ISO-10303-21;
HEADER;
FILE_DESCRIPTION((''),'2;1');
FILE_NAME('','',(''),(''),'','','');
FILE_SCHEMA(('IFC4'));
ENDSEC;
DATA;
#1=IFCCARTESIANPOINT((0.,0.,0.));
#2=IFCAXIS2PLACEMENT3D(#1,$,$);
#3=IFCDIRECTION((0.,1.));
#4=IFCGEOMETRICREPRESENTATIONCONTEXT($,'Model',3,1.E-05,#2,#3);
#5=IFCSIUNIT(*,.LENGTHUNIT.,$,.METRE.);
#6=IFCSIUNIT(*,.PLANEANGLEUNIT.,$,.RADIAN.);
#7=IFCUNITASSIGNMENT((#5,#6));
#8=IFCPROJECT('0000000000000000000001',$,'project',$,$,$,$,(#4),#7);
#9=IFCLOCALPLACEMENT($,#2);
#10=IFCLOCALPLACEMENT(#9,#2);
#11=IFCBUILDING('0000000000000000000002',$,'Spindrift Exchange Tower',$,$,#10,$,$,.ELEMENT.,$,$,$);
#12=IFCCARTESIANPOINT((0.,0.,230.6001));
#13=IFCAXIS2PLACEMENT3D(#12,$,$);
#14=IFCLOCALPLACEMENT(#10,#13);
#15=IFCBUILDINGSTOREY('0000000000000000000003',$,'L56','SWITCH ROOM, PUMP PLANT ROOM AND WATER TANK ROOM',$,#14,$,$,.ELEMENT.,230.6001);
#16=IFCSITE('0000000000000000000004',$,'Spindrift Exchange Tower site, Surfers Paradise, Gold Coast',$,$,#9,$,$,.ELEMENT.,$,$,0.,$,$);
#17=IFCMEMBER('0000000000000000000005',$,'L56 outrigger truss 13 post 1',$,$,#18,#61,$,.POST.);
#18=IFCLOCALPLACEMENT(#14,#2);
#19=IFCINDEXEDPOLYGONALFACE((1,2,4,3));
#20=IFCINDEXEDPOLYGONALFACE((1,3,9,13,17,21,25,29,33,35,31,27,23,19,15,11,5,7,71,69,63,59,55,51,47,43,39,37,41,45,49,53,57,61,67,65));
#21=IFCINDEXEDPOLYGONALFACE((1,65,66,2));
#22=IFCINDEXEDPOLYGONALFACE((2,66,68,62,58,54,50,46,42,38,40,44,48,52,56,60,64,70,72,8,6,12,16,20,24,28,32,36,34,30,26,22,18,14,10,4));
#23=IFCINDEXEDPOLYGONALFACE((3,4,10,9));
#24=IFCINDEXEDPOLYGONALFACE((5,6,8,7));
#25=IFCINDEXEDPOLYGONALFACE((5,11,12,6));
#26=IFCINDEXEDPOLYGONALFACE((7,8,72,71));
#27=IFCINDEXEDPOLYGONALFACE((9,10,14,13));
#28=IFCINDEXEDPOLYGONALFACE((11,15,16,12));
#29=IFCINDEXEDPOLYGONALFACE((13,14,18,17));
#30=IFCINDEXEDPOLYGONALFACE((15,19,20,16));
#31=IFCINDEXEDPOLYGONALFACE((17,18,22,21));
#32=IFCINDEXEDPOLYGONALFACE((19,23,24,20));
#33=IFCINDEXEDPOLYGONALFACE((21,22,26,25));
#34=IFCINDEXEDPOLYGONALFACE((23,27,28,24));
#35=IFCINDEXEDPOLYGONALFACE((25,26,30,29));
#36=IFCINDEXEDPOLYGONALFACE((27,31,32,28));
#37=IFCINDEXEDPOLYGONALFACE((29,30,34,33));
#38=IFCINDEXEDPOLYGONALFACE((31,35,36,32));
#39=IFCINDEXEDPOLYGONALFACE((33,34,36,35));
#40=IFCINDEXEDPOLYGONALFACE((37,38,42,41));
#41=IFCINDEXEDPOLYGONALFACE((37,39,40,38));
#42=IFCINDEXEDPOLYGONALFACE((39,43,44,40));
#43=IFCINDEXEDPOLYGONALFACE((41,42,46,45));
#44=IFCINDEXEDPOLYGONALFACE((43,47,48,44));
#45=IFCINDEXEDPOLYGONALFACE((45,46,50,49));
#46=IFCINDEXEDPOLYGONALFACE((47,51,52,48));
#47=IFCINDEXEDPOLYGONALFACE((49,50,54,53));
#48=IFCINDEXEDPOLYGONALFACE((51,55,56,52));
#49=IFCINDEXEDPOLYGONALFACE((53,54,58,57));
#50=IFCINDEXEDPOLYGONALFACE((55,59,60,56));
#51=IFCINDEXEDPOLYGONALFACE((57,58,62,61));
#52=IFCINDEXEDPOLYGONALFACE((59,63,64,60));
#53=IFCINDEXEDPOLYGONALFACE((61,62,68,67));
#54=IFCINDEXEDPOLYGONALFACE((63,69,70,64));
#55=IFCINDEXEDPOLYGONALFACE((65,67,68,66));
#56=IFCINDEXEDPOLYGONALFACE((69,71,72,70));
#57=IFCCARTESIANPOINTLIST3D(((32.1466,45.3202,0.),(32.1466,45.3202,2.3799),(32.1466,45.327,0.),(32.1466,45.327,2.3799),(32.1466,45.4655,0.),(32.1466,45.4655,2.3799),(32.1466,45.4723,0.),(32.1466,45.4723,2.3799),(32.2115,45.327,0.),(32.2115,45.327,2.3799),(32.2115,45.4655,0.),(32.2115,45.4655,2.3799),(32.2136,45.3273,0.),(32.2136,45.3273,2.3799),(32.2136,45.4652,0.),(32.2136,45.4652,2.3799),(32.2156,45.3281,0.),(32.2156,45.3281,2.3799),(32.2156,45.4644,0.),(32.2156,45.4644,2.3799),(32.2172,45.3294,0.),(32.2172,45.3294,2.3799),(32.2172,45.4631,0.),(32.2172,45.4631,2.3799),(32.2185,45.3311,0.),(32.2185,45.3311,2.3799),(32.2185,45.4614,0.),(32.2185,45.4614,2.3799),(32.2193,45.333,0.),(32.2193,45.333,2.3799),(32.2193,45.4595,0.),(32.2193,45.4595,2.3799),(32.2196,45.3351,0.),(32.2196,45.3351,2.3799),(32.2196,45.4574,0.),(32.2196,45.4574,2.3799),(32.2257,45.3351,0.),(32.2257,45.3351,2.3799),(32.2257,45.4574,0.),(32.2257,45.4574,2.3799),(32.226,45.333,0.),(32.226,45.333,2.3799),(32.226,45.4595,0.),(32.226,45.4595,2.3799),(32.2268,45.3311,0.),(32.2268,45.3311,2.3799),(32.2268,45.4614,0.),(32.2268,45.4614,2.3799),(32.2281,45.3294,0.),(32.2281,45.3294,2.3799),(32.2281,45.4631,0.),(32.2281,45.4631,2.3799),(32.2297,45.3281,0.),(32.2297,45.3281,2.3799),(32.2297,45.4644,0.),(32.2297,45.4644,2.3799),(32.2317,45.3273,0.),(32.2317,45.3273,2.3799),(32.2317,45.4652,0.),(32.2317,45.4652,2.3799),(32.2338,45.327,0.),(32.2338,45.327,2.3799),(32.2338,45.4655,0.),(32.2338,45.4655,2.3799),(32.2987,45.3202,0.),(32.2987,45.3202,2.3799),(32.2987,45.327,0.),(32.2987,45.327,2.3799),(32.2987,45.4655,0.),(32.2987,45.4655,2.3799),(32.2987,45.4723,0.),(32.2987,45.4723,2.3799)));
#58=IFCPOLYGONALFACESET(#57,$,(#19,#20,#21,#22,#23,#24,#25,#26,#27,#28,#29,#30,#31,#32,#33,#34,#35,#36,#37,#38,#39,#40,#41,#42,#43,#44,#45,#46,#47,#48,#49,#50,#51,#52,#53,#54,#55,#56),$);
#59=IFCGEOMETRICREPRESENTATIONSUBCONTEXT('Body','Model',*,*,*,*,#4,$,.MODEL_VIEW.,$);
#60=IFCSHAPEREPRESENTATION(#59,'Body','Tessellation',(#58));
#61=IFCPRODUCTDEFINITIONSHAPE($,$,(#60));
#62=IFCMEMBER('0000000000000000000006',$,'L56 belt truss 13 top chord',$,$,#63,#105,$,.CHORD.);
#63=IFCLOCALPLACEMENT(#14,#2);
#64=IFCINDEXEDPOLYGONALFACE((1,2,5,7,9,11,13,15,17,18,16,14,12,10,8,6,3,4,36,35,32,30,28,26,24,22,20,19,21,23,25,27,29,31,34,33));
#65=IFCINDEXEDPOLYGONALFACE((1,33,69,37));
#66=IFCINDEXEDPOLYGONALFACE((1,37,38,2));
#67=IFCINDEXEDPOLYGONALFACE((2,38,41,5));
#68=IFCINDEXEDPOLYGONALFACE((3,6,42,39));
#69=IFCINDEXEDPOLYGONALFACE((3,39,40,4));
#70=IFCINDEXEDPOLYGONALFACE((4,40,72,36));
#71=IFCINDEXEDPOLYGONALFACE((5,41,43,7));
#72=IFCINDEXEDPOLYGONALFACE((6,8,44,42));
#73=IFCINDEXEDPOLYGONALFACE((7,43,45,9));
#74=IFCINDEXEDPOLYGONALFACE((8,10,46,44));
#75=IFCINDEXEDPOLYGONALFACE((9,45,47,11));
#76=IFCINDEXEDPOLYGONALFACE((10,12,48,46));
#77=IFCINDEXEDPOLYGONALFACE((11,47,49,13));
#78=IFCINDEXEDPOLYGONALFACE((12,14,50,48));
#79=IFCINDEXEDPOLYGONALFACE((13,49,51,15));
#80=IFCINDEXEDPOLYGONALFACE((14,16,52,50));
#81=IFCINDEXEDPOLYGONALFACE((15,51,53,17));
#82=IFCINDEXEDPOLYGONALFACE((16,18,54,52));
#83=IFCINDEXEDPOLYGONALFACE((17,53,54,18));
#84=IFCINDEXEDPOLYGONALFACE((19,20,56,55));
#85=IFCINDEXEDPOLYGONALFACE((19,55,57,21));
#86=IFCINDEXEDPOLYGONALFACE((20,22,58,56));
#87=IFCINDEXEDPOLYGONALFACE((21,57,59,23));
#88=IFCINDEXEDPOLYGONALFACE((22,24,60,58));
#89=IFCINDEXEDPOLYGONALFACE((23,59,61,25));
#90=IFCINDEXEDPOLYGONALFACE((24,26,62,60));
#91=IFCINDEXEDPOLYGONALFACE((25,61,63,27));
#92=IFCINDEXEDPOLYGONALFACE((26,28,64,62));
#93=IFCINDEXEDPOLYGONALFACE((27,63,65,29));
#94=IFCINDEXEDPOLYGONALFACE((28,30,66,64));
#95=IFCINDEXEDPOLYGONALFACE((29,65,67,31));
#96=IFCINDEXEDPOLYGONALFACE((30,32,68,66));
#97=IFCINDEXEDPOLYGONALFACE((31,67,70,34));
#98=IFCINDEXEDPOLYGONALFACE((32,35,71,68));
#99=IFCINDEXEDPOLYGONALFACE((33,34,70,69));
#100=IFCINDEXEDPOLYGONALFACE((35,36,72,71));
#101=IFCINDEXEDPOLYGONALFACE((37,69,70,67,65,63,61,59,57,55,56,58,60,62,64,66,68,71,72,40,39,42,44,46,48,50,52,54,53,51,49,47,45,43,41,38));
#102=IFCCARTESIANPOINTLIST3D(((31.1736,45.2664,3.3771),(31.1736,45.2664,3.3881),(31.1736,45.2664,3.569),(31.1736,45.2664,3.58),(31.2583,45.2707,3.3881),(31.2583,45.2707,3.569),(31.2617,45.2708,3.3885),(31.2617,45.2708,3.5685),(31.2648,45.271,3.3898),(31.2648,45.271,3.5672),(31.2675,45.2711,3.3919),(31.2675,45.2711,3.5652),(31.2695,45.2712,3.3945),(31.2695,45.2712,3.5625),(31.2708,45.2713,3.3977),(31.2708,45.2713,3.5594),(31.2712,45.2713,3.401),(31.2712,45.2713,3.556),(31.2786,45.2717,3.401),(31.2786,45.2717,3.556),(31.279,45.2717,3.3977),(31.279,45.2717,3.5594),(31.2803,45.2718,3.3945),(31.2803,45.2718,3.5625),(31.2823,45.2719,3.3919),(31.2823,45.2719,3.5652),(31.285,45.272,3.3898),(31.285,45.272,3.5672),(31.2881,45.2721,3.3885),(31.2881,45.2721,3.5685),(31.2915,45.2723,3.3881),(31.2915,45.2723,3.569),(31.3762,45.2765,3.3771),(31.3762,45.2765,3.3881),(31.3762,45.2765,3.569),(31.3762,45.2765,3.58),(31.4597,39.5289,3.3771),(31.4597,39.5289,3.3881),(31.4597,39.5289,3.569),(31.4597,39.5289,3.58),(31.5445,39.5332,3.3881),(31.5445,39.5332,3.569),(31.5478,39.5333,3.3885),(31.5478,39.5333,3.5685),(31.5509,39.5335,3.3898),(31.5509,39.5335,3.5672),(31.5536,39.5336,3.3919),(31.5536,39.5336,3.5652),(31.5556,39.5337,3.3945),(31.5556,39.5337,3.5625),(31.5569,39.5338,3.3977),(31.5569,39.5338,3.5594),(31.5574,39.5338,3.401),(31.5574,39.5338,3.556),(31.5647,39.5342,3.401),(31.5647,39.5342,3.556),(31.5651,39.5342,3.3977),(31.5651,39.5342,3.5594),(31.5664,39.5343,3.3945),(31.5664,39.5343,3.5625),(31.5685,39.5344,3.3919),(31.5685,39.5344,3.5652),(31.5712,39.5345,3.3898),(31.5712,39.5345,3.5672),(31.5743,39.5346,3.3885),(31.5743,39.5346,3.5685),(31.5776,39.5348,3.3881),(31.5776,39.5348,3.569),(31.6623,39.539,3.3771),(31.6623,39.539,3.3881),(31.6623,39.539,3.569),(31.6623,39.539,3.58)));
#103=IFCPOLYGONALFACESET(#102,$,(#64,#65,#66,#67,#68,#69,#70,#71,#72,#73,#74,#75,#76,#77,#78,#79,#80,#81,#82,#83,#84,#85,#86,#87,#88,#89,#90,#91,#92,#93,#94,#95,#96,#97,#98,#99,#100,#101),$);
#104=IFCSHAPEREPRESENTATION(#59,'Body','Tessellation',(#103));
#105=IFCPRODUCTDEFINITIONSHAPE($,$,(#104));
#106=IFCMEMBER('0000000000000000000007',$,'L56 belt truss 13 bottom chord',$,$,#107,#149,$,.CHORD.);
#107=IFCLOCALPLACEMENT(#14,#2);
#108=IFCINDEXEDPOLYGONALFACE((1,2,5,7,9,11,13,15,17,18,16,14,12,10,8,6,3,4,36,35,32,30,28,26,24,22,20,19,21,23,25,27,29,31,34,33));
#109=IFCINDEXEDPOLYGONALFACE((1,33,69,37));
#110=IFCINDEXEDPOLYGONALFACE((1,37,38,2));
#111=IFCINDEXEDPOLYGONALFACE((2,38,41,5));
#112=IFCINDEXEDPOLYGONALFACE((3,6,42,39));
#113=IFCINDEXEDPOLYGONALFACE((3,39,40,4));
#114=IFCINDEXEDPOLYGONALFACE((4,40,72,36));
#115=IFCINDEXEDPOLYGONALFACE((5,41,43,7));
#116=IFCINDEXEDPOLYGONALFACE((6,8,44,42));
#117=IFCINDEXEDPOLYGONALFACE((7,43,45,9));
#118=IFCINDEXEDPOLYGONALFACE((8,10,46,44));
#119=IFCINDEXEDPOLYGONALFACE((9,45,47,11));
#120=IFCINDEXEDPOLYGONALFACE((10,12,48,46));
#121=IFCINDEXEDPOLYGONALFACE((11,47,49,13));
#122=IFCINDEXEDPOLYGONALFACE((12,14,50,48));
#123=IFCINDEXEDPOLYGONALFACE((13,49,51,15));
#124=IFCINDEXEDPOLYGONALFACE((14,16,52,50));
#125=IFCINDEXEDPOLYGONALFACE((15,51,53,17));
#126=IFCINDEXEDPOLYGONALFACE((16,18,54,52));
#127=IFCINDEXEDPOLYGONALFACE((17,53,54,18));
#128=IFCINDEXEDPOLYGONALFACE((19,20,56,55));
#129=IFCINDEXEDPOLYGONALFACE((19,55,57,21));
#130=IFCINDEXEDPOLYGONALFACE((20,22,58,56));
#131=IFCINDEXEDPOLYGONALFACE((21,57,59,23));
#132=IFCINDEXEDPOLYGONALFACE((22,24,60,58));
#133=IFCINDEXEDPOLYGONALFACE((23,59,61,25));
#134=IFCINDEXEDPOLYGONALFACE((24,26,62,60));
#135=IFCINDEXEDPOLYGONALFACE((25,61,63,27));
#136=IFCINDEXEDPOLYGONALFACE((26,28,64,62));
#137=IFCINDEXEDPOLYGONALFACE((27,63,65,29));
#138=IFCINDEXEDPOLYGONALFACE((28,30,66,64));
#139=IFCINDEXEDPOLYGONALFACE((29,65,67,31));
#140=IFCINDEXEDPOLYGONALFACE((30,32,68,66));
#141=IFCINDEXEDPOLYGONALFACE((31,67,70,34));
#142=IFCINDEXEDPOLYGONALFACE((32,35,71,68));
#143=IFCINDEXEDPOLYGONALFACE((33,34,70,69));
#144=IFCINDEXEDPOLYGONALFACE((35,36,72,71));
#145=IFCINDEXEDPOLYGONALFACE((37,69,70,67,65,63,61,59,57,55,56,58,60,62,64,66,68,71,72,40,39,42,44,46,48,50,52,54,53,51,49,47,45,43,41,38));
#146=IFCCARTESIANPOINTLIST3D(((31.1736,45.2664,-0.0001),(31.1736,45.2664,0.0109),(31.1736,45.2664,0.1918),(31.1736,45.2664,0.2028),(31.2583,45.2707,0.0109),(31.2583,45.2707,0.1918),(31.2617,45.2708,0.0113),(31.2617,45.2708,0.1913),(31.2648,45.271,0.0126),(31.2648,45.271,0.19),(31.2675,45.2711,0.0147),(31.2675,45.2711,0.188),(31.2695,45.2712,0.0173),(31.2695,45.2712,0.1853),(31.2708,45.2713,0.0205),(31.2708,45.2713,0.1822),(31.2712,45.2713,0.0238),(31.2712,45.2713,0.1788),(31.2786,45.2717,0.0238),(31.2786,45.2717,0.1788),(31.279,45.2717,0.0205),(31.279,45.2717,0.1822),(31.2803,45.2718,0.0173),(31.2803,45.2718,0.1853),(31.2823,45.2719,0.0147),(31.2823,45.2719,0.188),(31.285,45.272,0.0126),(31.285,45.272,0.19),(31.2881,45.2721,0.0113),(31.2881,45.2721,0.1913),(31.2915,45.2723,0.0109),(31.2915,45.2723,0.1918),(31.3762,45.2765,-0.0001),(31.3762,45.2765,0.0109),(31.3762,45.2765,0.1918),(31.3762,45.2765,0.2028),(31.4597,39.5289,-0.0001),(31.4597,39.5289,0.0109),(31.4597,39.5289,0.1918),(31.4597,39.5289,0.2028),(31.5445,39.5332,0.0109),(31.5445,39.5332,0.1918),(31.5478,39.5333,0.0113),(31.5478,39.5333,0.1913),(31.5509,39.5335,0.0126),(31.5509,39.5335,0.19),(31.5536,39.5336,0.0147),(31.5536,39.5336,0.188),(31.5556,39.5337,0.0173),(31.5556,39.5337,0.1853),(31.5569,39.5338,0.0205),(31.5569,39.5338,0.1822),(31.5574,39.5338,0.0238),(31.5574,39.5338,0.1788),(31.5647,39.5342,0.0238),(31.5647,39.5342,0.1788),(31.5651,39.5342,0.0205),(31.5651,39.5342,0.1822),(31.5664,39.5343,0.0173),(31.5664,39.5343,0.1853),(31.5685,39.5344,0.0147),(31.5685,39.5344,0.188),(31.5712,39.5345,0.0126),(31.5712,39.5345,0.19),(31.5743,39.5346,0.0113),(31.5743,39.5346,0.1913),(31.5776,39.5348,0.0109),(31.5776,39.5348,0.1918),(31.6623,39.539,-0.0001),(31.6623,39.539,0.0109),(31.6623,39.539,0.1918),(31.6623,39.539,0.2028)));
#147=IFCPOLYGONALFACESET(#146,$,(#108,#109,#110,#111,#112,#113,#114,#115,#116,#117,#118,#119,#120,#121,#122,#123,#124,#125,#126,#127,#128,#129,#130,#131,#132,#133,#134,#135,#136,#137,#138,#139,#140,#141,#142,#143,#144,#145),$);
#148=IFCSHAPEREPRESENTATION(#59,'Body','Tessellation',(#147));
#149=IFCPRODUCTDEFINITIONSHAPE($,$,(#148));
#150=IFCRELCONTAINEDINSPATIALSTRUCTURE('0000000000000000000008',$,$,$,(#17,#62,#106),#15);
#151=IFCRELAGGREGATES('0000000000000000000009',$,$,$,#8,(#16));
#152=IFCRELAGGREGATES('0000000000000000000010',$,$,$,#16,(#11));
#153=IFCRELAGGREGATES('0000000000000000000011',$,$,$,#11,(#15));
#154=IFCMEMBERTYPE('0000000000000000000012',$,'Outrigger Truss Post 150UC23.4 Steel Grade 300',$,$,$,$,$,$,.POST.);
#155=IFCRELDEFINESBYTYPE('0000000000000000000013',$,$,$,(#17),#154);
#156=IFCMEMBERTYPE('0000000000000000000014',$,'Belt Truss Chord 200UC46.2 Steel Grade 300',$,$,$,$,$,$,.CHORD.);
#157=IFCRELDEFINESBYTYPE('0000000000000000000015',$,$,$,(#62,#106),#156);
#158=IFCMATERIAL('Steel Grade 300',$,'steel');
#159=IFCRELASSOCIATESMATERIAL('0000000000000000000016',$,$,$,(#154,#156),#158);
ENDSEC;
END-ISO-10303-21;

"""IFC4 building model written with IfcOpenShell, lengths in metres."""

from ifc_helpers import new_model, si_unit, direction, frame, origin, origin_2d, place, context, subcontext, project, spatial, i_section, extrude, source, transform, mapped, material, material_profile, profile_set, type_object, element, save


model = new_model("IFC4")

# Units and contexts
model_context = context("Model", 3, precision=1e-05, world=origin(), true_north=direction((0.0, 1.0)))
body_context = subcontext(model_context, "Body", "Model", "MODEL_VIEW")
ifc_project = project(units=[si_unit("LENGTHUNIT", "METRE"), si_unit("PLANEANGLEUNIT", "RADIAN")], contexts=[model_context])

# Site, building, storey
site_placement = place(None, origin())
site = spatial("IfcSite", under=ifc_project, at=site_placement, Name="Spindrift Exchange Tower site, Surfers Paradise, Gold Coast", CompositionType="ELEMENT", RefElevation=0.0)
building_placement = place(site_placement, origin())
building = spatial("IfcBuilding", under=site, at=building_placement, Name="Spindrift Exchange Tower", CompositionType="ELEMENT")
storey_placement = place(building_placement, frame((0.0, 0.0, 230.6001)))
storey = spatial("IfcBuildingStorey", under=building, at=storey_placement, Name="L56", Description="SWITCH ROOM, PUMP PLANT ROOM AND WATER TANK ROOM", CompositionType="ELEMENT", Elevation=230.6001)

# Shared definitions
ifc_material_1 = material(Name="Steel Grade 300", Category="steel")

# Members
ifc_material_profile_1 = material_profile(ifc_material_1, i_section(OverallWidth=0.1521, OverallDepth=0.1521, WebThickness=0.0061, FlangeThickness=0.0068, FilletRadius=0.0081, at=origin_2d()), Name="150UC23.4")
ifc_profile_set_1 = profile_set([ifc_material_profile_1], Name="Steel Grade 300")
member_type_1 = type_object("IfcMemberType", Name="Outrigger Truss Post 150UC23.4 Steel Grade 300", PredefinedType="POST", material=ifc_profile_set_1)
shared_shape_1 = source(origin(), body_context, "Body", "SweptSolid", [
    extrude(i_section(OverallWidth=0.1521, OverallDepth=0.1521, WebThickness=0.0061, FlangeThickness=0.0068, FilletRadius=0.0081, at=origin_2d()), origin(), (0.0, 0.0, 1.0), 2.3799),
])
member_1_placement = place(storey_placement, frame((32.2227, 45.3962, 0.0), z_axis=(0.0, 0.0, 1.0), x_axis=(1.0, 0.0, 0.0)))
element("IfcMember", 1, at=member_1_placement, inside=storey, type_object=member_type_1, Name="L56 outrigger truss 13 post 1", PredefinedType="POST", context=body_context, shape_type="MappedRepresentation", body=[
    mapped(shared_shape_1, transform((0.0, 0.0, 0.0), scale=1.0)),
])
ifc_material_profile_2 = material_profile(ifc_material_1, i_section(OverallWidth=0.2029, OverallDepth=0.2029, WebThickness=0.0073, FlangeThickness=0.011, FilletRadius=0.0129, at=origin_2d()), Name="200UC46.2")
ifc_profile_set_2 = profile_set([ifc_material_profile_2], Name="Steel Grade 300")
member_type_2 = type_object("IfcMemberType", Name="Belt Truss Chord 200UC46.2 Steel Grade 300", PredefinedType="CHORD", material=ifc_profile_set_2)
shared_shape_2 = source(origin(), body_context, "Body", "SweptSolid", [
    extrude(i_section(OverallWidth=0.2029, OverallDepth=0.2029, WebThickness=0.0073, FlangeThickness=0.011, FilletRadius=0.0129, at=origin_2d()), origin(), (0.0, 0.0, 1.0), 5.7446),
])
for number, where, z_axis, x_axis, name in (
    (2, (31.2749, 45.2715, 3.4785), (0.049808, -0.998759, 0.0), (0.998759, 0.049808, 0.0), "L56 belt truss 13 top chord"),
    (3, (31.2749, 45.2715, 0.1013), (0.049808, -0.998759, 0.0), (0.998759, 0.049808, 0.0), "L56 belt truss 13 bottom chord"),
):
    element("IfcMember", number, at=place(storey_placement, frame(where, z_axis=z_axis, x_axis=x_axis)), inside=storey, type_object=member_type_2, Name=name, PredefinedType="CHORD", context=body_context, shape_type="MappedRepresentation", body=[
        mapped(shared_shape_2, transform((0.0, 0.0, 0.0), scale=1.0)),
    ])

save(model, "model.ifc")
